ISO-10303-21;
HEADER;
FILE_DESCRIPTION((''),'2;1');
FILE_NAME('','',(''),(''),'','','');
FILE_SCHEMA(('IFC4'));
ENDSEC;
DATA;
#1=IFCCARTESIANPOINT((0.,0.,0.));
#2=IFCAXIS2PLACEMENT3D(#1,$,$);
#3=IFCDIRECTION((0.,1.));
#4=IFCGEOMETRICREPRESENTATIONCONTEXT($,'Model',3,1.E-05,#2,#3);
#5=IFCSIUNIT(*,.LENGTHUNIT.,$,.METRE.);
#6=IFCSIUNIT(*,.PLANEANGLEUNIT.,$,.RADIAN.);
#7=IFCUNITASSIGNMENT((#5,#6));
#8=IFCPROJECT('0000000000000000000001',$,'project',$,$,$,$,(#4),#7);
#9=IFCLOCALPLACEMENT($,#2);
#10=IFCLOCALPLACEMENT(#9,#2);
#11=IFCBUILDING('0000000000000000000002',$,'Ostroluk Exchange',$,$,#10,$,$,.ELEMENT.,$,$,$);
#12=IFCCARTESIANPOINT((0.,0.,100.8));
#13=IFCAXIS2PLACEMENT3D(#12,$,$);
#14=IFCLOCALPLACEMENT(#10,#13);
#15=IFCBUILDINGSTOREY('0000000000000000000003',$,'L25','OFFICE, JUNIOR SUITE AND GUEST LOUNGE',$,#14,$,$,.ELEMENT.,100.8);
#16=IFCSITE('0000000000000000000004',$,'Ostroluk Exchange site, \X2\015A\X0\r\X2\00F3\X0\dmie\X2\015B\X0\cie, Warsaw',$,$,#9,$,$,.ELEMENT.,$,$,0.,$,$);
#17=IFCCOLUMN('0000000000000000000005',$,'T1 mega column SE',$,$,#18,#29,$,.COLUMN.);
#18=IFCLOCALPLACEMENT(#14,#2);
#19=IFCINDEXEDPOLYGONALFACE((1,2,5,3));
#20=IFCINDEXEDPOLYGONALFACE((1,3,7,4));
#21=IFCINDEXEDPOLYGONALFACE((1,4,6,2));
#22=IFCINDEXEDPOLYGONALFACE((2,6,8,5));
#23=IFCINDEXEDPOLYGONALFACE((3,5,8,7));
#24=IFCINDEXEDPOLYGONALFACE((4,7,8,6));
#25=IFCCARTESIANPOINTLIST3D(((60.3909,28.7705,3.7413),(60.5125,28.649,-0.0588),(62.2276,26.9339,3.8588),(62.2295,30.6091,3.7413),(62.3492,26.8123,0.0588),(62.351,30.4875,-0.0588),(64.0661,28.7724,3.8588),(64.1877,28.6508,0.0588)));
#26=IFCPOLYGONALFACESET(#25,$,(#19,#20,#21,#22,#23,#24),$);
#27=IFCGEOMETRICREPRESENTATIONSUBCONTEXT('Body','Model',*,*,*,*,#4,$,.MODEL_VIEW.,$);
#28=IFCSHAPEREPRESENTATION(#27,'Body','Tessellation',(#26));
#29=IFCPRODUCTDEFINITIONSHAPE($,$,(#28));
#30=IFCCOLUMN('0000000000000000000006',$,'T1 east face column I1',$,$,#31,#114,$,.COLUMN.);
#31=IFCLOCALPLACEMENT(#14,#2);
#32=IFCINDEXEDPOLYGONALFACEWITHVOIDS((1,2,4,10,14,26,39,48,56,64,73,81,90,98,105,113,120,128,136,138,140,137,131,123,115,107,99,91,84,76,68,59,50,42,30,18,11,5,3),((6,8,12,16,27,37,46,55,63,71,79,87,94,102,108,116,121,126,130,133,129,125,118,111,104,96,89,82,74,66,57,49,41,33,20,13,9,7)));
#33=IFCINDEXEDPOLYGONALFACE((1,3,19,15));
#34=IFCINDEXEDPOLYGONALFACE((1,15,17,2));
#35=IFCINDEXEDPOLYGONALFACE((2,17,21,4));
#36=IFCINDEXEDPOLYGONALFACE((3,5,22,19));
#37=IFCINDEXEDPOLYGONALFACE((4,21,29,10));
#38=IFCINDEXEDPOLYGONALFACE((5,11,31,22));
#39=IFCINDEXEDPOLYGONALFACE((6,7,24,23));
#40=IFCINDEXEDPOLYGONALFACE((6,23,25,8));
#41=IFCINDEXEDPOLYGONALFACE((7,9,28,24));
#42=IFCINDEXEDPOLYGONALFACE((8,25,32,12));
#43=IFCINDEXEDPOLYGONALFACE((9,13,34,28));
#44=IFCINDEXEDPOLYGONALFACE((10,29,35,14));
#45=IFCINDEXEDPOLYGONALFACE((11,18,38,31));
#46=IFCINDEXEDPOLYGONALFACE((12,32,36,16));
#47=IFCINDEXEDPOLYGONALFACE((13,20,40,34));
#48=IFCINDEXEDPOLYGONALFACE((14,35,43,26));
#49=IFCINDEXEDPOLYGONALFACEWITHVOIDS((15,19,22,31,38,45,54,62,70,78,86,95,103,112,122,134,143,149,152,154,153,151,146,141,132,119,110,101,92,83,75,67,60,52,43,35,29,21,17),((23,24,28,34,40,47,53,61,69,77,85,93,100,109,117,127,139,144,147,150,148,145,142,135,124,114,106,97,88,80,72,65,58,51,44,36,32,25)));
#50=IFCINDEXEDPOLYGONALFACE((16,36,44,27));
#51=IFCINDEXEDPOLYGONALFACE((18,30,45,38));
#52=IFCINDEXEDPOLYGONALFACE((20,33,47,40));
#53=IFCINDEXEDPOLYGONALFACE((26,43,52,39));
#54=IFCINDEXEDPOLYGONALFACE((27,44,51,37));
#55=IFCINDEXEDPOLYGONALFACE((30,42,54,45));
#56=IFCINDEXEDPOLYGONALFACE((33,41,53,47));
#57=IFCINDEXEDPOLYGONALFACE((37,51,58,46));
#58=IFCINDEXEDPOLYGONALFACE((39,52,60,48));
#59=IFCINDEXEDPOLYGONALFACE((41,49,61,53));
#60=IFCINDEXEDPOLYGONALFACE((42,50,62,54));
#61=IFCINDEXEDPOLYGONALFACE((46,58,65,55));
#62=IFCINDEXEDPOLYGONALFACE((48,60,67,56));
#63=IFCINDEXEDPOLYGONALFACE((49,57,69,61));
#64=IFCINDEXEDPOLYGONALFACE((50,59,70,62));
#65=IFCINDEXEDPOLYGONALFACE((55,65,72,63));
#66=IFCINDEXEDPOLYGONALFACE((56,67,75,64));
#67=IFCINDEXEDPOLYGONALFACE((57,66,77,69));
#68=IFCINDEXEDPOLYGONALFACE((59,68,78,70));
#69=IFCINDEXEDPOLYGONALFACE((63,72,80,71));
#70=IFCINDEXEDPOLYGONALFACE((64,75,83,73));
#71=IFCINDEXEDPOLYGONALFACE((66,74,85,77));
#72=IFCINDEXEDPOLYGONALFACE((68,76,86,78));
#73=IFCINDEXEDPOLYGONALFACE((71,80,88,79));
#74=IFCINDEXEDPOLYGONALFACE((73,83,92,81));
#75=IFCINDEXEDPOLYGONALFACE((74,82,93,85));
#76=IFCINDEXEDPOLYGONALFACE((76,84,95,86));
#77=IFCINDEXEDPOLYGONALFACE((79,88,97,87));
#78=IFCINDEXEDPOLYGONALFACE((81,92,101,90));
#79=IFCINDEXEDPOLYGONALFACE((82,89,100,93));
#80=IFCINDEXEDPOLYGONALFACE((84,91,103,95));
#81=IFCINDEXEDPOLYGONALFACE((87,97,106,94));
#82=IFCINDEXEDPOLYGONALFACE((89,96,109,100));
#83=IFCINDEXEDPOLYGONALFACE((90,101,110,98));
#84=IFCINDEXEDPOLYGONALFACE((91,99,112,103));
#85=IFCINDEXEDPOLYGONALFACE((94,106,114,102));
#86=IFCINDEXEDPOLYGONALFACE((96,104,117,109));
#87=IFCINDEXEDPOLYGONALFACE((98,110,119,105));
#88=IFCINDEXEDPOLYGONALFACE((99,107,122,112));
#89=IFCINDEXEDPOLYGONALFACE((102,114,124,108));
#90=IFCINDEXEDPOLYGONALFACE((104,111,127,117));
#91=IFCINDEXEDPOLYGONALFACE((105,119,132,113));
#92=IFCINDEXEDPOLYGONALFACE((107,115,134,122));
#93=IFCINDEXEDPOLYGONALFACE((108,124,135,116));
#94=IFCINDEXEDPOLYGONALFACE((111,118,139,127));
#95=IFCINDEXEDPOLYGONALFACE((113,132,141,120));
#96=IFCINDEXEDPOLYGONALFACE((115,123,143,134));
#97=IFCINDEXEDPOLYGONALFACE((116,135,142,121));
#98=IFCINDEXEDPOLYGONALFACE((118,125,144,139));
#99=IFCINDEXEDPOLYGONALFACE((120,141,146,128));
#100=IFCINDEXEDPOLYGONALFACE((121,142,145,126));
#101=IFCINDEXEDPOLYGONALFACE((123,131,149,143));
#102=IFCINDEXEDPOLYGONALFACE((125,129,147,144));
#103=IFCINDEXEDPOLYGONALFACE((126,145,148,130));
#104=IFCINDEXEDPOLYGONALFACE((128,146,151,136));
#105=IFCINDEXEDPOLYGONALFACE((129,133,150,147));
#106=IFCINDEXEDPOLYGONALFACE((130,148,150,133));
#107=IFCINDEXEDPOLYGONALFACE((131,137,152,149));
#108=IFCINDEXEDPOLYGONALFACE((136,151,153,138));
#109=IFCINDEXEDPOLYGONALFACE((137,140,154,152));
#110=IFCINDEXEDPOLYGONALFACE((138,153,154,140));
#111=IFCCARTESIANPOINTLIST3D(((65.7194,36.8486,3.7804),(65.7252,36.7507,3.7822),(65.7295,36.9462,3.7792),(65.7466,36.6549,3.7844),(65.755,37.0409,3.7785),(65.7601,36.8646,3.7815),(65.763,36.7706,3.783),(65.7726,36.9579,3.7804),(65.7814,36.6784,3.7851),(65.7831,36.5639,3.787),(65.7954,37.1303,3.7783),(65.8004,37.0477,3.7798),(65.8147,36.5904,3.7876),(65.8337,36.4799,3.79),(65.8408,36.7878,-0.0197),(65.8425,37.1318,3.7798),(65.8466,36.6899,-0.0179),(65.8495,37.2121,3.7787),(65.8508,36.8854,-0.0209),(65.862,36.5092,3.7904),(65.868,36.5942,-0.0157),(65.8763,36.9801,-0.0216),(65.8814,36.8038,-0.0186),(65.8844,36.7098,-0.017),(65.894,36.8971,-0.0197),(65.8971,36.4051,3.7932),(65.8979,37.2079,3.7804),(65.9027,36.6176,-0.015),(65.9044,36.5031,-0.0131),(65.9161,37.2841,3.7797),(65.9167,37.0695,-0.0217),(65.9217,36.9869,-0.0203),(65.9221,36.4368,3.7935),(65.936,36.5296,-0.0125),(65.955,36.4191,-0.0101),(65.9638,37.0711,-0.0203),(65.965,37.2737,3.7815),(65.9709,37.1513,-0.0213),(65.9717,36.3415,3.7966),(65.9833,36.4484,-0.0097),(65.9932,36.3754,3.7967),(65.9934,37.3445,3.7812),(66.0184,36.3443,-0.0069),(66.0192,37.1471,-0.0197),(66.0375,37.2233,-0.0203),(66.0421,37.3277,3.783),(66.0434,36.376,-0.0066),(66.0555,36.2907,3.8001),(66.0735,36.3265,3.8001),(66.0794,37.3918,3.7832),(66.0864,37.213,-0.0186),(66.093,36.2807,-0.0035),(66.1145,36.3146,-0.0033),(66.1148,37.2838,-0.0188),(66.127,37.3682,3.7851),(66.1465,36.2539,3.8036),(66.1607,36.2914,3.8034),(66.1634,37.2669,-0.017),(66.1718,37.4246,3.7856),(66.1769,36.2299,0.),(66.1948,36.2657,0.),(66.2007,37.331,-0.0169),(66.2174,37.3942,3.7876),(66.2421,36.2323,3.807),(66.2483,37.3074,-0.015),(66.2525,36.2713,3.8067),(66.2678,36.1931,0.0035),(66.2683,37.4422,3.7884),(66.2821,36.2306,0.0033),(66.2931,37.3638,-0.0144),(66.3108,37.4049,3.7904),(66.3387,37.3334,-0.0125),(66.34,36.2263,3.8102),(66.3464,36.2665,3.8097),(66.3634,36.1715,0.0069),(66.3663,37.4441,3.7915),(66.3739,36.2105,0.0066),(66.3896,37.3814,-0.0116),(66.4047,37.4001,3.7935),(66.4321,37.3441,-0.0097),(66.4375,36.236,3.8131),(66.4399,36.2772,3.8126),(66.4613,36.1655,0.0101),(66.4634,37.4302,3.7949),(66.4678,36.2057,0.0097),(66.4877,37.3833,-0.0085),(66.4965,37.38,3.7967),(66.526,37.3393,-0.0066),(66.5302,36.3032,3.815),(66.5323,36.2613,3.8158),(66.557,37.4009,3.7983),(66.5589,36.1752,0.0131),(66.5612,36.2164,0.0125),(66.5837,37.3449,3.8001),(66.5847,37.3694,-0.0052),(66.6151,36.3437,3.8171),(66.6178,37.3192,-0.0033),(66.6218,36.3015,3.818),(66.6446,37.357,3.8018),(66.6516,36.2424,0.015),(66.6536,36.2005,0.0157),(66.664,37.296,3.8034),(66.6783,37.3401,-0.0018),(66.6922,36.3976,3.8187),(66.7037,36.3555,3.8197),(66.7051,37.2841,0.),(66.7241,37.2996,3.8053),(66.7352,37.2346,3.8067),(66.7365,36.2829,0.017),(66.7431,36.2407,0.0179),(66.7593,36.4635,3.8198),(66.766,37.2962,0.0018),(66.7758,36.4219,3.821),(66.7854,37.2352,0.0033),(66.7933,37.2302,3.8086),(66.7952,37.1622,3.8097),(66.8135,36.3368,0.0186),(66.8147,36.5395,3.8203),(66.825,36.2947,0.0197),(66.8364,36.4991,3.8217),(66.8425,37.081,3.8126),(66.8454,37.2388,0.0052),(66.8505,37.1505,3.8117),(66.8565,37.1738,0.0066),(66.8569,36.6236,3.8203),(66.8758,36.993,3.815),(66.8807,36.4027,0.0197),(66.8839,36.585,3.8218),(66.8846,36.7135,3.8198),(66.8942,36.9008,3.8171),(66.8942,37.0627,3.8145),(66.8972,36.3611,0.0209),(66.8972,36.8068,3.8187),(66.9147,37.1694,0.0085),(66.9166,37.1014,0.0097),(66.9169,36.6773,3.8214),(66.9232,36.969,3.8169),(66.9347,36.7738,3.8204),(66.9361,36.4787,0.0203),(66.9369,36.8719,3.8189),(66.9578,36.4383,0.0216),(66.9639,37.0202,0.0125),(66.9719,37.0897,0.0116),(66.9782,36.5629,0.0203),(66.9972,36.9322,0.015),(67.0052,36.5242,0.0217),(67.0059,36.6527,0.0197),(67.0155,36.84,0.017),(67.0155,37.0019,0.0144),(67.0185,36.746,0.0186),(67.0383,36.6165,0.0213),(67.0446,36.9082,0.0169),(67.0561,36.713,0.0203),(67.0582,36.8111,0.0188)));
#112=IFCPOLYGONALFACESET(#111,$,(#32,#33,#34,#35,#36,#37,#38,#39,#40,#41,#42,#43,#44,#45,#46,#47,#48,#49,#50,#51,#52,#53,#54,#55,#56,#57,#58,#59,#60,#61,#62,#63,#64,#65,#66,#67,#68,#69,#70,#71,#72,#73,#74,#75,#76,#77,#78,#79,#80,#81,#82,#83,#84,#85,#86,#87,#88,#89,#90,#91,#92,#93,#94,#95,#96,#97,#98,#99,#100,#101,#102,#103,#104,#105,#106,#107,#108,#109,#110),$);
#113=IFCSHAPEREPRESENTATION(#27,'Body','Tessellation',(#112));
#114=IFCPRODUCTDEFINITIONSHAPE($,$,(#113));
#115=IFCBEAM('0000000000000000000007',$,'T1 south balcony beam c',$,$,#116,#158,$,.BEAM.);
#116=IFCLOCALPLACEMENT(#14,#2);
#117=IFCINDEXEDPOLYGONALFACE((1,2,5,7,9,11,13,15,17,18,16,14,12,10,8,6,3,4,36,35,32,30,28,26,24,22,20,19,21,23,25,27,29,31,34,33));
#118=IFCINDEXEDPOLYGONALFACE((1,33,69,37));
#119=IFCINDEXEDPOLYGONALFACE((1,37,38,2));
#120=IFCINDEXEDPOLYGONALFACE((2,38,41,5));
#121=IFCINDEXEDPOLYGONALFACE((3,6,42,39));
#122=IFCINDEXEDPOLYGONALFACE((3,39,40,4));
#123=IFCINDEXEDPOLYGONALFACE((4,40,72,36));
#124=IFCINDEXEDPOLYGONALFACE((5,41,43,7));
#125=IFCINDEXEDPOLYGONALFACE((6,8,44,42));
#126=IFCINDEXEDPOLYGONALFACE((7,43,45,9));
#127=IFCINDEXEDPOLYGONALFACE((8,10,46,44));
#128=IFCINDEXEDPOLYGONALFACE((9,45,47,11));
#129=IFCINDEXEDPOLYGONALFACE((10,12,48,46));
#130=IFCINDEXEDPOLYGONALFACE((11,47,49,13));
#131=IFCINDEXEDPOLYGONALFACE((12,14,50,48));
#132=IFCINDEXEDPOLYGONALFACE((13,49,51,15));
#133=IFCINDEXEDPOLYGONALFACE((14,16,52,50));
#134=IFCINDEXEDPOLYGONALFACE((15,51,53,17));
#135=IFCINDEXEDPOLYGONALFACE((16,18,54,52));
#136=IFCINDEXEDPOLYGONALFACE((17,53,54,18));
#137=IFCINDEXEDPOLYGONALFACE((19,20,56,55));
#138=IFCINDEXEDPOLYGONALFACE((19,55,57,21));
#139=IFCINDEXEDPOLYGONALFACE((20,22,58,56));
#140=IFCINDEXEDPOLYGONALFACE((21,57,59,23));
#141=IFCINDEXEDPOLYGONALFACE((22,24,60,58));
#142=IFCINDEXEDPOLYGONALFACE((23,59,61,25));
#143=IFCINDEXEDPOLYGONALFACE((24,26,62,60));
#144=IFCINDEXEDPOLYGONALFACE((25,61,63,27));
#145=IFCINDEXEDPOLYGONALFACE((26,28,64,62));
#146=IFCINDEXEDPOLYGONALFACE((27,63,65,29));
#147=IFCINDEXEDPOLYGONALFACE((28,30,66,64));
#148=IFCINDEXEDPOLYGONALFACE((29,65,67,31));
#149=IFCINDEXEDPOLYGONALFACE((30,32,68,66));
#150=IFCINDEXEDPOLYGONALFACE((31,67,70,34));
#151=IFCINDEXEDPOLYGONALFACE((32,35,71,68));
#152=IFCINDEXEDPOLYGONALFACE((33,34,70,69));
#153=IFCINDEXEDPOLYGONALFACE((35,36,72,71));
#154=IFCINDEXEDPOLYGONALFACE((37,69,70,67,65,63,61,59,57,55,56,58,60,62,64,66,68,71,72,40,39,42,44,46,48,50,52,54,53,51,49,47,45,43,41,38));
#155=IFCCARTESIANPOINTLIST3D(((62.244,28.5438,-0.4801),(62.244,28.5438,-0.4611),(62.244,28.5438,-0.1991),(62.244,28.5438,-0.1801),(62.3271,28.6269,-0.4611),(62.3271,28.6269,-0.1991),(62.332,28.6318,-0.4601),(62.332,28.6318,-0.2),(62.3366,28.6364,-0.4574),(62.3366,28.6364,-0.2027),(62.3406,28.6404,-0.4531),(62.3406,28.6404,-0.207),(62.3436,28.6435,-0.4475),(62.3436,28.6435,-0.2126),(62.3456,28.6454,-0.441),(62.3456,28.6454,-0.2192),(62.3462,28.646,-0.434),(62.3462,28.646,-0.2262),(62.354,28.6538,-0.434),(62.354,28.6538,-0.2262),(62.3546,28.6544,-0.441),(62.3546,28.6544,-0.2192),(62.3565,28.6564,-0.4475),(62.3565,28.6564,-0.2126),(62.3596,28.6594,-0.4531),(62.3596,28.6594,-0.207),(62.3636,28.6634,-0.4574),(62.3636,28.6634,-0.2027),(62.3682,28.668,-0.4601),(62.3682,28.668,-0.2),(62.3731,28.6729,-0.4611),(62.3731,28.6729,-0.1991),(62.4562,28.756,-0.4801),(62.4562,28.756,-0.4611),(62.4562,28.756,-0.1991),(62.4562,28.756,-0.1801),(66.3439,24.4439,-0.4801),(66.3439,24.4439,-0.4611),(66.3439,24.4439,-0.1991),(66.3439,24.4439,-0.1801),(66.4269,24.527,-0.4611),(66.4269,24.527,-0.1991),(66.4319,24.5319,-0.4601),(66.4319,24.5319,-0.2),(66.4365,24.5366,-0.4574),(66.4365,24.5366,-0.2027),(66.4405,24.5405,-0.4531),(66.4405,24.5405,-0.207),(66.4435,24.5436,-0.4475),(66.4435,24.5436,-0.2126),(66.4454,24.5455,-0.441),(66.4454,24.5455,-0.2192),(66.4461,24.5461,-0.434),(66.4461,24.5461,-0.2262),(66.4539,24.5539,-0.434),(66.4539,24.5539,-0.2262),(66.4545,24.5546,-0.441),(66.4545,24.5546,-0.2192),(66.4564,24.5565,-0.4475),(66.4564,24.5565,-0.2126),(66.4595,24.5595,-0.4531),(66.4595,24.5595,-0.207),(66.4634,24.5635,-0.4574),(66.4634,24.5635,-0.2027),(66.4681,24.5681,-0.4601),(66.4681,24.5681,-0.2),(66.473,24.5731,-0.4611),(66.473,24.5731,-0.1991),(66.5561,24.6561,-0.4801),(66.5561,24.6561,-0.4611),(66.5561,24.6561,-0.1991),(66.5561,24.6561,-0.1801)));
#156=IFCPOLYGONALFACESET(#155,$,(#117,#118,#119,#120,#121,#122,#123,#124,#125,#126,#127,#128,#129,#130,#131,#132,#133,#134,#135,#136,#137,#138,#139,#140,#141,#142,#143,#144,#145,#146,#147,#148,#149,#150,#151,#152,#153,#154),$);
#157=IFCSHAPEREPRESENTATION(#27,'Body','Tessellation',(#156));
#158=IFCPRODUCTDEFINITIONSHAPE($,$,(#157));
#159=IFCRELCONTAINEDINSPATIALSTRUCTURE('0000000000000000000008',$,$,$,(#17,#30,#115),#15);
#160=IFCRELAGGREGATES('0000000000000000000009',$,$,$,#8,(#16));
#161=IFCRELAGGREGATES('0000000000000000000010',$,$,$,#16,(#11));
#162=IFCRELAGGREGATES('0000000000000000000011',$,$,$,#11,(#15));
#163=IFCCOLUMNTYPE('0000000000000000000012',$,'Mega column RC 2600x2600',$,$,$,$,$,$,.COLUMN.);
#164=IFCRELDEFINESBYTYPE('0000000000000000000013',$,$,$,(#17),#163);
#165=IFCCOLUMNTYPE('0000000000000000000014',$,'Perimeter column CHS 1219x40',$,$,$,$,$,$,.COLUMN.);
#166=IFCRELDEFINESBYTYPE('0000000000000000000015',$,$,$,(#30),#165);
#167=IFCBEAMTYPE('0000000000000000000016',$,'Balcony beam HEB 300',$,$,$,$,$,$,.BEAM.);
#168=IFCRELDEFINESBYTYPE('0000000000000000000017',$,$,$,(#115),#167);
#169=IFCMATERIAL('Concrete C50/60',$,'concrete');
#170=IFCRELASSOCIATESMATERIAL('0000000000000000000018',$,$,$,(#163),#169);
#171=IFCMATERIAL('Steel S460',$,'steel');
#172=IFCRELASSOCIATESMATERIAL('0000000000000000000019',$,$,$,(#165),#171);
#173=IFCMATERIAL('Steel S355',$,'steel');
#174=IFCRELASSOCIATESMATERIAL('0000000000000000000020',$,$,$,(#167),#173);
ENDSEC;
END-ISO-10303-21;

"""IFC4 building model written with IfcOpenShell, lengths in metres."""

from ifc_helpers import new_model, si_unit, direction, frame, origin, origin_2d, place, context, subcontext, project, spatial, rectangle, hollow_circle, i_section, extrude, material, material_profile, profile_set, type_object, element, save


model = new_model("IFC4")

# Units and contexts
model_context = context("Model", 3, precision=1e-05, world=origin(), true_north=direction((0.0, 1.0)))
body_context = subcontext(model_context, "Body", "Model", "MODEL_VIEW")
ifc_project = project(units=[si_unit("LENGTHUNIT", "METRE"), si_unit("PLANEANGLEUNIT", "RADIAN")], contexts=[model_context])

# Site, building, storey
site_placement = place(None, origin())
site = spatial("IfcSite", under=ifc_project, at=site_placement, Name="Ostroluk Exchange site, Śródmieście, Warsaw", CompositionType="ELEMENT", RefElevation=0.0)
building_placement = place(site_placement, origin())
building = spatial("IfcBuilding", under=site, at=building_placement, Name="Ostroluk Exchange", CompositionType="ELEMENT")
storey_placement = place(building_placement, frame((0.0, 0.0, 100.8)))
storey = spatial("IfcBuildingStorey", under=building, at=storey_placement, Name="L25", Description="OFFICE, JUNIOR SUITE AND GUEST LOUNGE", CompositionType="ELEMENT", Elevation=100.8)

# Columns
ifc_material_1 = material(Name="Concrete C50/60", Category="concrete")
ifc_material_profile_1 = material_profile(ifc_material_1, rectangle(XDim=2.6001, YDim=2.6001, at=origin_2d()), Name="RC 2600x2600")
ifc_profile_set_1 = profile_set([ifc_material_profile_1], Name="Concrete C50/60")
column_type_1 = type_object("IfcColumnType", Name="Mega column RC 2600x2600", PredefinedType="COLUMN", material=ifc_profile_set_1)
column_1_placement = place(storey_placement, frame((62.3501, 28.6499, 0.0), z_axis=(-0.031962, 0.031962, 0.998978), x_axis=(-0.707107, -0.707107, 0.0)))
element("IfcColumn", 1, at=column_1_placement, inside=storey, type_object=column_type_1, Name="T1 mega column SE", PredefinedType="COLUMN", context=body_context, shape_type="SweptSolid", body=[
    extrude(rectangle(XDim=2.6001, YDim=2.6001, at=origin_2d()), origin(), (0.0, 0.0, 1.0), 3.804),
])
ifc_material_2 = material(Name="Steel S460", Category="steel")
ifc_material_profile_2 = material_profile(ifc_material_2, hollow_circle(Radius=0.6096, WallThickness=0.04, at=origin_2d()), Name="CHS 1219x40")
ifc_profile_set_2 = profile_set([ifc_material_profile_2], Name="Steel S460")
column_type_2 = type_object("IfcColumnType", Name="Perimeter column CHS 1219x40", PredefinedType="COLUMN", material=ifc_profile_set_2)
column_2_placement = place(storey_placement, frame((66.45, 36.7749, 0.0), z_axis=(-0.03191, 0.015987, 0.999363), x_axis=(-0.447933, -0.894067, 0.0)))
element("IfcColumn", 2, at=column_2_placement, inside=storey, type_object=column_type_2, Name="T1 east face column I1", PredefinedType="COLUMN", context=body_context, shape_type="SweptSolid", body=[
    extrude(hollow_circle(Radius=0.6096, WallThickness=0.04, at=origin_2d()), origin(), (0.0, 0.0, 1.0), 3.8025),
])

# Beam
ifc_material_3 = material(Name="Steel S355", Category="steel")
ifc_material_profile_3 = material_profile(ifc_material_3, i_section(OverallWidth=0.3, OverallDepth=0.3, WebThickness=0.011, FlangeThickness=0.019, FilletRadius=0.0271, at=origin_2d()), Name="HEB 300")
ifc_profile_set_3 = profile_set([ifc_material_profile_3], Name="Steel S355")
beam_type_1 = type_object("IfcBeamType", Name="Balcony beam HEB 300", PredefinedType="BEAM", material=ifc_profile_set_3)
beam_1_placement = place(storey_placement, frame((62.3501, 28.6499, -0.3301), z_axis=(0.707107, -0.707107, 0.0), x_axis=(0.707107, 0.707107, 0.0)))
element("IfcBeam", 3, at=beam_1_placement, inside=storey, type_object=beam_type_1, Name="T1 south balcony beam c", PredefinedType="BEAM", context=body_context, shape_type="SweptSolid", body=[
    extrude(i_section(OverallWidth=0.3, OverallDepth=0.3, WebThickness=0.011, FlangeThickness=0.019, FilletRadius=0.0271, at=origin_2d()), origin(), (0.0, 0.0, 1.0), 5.7981),
])

save(model, "model.ifc")
